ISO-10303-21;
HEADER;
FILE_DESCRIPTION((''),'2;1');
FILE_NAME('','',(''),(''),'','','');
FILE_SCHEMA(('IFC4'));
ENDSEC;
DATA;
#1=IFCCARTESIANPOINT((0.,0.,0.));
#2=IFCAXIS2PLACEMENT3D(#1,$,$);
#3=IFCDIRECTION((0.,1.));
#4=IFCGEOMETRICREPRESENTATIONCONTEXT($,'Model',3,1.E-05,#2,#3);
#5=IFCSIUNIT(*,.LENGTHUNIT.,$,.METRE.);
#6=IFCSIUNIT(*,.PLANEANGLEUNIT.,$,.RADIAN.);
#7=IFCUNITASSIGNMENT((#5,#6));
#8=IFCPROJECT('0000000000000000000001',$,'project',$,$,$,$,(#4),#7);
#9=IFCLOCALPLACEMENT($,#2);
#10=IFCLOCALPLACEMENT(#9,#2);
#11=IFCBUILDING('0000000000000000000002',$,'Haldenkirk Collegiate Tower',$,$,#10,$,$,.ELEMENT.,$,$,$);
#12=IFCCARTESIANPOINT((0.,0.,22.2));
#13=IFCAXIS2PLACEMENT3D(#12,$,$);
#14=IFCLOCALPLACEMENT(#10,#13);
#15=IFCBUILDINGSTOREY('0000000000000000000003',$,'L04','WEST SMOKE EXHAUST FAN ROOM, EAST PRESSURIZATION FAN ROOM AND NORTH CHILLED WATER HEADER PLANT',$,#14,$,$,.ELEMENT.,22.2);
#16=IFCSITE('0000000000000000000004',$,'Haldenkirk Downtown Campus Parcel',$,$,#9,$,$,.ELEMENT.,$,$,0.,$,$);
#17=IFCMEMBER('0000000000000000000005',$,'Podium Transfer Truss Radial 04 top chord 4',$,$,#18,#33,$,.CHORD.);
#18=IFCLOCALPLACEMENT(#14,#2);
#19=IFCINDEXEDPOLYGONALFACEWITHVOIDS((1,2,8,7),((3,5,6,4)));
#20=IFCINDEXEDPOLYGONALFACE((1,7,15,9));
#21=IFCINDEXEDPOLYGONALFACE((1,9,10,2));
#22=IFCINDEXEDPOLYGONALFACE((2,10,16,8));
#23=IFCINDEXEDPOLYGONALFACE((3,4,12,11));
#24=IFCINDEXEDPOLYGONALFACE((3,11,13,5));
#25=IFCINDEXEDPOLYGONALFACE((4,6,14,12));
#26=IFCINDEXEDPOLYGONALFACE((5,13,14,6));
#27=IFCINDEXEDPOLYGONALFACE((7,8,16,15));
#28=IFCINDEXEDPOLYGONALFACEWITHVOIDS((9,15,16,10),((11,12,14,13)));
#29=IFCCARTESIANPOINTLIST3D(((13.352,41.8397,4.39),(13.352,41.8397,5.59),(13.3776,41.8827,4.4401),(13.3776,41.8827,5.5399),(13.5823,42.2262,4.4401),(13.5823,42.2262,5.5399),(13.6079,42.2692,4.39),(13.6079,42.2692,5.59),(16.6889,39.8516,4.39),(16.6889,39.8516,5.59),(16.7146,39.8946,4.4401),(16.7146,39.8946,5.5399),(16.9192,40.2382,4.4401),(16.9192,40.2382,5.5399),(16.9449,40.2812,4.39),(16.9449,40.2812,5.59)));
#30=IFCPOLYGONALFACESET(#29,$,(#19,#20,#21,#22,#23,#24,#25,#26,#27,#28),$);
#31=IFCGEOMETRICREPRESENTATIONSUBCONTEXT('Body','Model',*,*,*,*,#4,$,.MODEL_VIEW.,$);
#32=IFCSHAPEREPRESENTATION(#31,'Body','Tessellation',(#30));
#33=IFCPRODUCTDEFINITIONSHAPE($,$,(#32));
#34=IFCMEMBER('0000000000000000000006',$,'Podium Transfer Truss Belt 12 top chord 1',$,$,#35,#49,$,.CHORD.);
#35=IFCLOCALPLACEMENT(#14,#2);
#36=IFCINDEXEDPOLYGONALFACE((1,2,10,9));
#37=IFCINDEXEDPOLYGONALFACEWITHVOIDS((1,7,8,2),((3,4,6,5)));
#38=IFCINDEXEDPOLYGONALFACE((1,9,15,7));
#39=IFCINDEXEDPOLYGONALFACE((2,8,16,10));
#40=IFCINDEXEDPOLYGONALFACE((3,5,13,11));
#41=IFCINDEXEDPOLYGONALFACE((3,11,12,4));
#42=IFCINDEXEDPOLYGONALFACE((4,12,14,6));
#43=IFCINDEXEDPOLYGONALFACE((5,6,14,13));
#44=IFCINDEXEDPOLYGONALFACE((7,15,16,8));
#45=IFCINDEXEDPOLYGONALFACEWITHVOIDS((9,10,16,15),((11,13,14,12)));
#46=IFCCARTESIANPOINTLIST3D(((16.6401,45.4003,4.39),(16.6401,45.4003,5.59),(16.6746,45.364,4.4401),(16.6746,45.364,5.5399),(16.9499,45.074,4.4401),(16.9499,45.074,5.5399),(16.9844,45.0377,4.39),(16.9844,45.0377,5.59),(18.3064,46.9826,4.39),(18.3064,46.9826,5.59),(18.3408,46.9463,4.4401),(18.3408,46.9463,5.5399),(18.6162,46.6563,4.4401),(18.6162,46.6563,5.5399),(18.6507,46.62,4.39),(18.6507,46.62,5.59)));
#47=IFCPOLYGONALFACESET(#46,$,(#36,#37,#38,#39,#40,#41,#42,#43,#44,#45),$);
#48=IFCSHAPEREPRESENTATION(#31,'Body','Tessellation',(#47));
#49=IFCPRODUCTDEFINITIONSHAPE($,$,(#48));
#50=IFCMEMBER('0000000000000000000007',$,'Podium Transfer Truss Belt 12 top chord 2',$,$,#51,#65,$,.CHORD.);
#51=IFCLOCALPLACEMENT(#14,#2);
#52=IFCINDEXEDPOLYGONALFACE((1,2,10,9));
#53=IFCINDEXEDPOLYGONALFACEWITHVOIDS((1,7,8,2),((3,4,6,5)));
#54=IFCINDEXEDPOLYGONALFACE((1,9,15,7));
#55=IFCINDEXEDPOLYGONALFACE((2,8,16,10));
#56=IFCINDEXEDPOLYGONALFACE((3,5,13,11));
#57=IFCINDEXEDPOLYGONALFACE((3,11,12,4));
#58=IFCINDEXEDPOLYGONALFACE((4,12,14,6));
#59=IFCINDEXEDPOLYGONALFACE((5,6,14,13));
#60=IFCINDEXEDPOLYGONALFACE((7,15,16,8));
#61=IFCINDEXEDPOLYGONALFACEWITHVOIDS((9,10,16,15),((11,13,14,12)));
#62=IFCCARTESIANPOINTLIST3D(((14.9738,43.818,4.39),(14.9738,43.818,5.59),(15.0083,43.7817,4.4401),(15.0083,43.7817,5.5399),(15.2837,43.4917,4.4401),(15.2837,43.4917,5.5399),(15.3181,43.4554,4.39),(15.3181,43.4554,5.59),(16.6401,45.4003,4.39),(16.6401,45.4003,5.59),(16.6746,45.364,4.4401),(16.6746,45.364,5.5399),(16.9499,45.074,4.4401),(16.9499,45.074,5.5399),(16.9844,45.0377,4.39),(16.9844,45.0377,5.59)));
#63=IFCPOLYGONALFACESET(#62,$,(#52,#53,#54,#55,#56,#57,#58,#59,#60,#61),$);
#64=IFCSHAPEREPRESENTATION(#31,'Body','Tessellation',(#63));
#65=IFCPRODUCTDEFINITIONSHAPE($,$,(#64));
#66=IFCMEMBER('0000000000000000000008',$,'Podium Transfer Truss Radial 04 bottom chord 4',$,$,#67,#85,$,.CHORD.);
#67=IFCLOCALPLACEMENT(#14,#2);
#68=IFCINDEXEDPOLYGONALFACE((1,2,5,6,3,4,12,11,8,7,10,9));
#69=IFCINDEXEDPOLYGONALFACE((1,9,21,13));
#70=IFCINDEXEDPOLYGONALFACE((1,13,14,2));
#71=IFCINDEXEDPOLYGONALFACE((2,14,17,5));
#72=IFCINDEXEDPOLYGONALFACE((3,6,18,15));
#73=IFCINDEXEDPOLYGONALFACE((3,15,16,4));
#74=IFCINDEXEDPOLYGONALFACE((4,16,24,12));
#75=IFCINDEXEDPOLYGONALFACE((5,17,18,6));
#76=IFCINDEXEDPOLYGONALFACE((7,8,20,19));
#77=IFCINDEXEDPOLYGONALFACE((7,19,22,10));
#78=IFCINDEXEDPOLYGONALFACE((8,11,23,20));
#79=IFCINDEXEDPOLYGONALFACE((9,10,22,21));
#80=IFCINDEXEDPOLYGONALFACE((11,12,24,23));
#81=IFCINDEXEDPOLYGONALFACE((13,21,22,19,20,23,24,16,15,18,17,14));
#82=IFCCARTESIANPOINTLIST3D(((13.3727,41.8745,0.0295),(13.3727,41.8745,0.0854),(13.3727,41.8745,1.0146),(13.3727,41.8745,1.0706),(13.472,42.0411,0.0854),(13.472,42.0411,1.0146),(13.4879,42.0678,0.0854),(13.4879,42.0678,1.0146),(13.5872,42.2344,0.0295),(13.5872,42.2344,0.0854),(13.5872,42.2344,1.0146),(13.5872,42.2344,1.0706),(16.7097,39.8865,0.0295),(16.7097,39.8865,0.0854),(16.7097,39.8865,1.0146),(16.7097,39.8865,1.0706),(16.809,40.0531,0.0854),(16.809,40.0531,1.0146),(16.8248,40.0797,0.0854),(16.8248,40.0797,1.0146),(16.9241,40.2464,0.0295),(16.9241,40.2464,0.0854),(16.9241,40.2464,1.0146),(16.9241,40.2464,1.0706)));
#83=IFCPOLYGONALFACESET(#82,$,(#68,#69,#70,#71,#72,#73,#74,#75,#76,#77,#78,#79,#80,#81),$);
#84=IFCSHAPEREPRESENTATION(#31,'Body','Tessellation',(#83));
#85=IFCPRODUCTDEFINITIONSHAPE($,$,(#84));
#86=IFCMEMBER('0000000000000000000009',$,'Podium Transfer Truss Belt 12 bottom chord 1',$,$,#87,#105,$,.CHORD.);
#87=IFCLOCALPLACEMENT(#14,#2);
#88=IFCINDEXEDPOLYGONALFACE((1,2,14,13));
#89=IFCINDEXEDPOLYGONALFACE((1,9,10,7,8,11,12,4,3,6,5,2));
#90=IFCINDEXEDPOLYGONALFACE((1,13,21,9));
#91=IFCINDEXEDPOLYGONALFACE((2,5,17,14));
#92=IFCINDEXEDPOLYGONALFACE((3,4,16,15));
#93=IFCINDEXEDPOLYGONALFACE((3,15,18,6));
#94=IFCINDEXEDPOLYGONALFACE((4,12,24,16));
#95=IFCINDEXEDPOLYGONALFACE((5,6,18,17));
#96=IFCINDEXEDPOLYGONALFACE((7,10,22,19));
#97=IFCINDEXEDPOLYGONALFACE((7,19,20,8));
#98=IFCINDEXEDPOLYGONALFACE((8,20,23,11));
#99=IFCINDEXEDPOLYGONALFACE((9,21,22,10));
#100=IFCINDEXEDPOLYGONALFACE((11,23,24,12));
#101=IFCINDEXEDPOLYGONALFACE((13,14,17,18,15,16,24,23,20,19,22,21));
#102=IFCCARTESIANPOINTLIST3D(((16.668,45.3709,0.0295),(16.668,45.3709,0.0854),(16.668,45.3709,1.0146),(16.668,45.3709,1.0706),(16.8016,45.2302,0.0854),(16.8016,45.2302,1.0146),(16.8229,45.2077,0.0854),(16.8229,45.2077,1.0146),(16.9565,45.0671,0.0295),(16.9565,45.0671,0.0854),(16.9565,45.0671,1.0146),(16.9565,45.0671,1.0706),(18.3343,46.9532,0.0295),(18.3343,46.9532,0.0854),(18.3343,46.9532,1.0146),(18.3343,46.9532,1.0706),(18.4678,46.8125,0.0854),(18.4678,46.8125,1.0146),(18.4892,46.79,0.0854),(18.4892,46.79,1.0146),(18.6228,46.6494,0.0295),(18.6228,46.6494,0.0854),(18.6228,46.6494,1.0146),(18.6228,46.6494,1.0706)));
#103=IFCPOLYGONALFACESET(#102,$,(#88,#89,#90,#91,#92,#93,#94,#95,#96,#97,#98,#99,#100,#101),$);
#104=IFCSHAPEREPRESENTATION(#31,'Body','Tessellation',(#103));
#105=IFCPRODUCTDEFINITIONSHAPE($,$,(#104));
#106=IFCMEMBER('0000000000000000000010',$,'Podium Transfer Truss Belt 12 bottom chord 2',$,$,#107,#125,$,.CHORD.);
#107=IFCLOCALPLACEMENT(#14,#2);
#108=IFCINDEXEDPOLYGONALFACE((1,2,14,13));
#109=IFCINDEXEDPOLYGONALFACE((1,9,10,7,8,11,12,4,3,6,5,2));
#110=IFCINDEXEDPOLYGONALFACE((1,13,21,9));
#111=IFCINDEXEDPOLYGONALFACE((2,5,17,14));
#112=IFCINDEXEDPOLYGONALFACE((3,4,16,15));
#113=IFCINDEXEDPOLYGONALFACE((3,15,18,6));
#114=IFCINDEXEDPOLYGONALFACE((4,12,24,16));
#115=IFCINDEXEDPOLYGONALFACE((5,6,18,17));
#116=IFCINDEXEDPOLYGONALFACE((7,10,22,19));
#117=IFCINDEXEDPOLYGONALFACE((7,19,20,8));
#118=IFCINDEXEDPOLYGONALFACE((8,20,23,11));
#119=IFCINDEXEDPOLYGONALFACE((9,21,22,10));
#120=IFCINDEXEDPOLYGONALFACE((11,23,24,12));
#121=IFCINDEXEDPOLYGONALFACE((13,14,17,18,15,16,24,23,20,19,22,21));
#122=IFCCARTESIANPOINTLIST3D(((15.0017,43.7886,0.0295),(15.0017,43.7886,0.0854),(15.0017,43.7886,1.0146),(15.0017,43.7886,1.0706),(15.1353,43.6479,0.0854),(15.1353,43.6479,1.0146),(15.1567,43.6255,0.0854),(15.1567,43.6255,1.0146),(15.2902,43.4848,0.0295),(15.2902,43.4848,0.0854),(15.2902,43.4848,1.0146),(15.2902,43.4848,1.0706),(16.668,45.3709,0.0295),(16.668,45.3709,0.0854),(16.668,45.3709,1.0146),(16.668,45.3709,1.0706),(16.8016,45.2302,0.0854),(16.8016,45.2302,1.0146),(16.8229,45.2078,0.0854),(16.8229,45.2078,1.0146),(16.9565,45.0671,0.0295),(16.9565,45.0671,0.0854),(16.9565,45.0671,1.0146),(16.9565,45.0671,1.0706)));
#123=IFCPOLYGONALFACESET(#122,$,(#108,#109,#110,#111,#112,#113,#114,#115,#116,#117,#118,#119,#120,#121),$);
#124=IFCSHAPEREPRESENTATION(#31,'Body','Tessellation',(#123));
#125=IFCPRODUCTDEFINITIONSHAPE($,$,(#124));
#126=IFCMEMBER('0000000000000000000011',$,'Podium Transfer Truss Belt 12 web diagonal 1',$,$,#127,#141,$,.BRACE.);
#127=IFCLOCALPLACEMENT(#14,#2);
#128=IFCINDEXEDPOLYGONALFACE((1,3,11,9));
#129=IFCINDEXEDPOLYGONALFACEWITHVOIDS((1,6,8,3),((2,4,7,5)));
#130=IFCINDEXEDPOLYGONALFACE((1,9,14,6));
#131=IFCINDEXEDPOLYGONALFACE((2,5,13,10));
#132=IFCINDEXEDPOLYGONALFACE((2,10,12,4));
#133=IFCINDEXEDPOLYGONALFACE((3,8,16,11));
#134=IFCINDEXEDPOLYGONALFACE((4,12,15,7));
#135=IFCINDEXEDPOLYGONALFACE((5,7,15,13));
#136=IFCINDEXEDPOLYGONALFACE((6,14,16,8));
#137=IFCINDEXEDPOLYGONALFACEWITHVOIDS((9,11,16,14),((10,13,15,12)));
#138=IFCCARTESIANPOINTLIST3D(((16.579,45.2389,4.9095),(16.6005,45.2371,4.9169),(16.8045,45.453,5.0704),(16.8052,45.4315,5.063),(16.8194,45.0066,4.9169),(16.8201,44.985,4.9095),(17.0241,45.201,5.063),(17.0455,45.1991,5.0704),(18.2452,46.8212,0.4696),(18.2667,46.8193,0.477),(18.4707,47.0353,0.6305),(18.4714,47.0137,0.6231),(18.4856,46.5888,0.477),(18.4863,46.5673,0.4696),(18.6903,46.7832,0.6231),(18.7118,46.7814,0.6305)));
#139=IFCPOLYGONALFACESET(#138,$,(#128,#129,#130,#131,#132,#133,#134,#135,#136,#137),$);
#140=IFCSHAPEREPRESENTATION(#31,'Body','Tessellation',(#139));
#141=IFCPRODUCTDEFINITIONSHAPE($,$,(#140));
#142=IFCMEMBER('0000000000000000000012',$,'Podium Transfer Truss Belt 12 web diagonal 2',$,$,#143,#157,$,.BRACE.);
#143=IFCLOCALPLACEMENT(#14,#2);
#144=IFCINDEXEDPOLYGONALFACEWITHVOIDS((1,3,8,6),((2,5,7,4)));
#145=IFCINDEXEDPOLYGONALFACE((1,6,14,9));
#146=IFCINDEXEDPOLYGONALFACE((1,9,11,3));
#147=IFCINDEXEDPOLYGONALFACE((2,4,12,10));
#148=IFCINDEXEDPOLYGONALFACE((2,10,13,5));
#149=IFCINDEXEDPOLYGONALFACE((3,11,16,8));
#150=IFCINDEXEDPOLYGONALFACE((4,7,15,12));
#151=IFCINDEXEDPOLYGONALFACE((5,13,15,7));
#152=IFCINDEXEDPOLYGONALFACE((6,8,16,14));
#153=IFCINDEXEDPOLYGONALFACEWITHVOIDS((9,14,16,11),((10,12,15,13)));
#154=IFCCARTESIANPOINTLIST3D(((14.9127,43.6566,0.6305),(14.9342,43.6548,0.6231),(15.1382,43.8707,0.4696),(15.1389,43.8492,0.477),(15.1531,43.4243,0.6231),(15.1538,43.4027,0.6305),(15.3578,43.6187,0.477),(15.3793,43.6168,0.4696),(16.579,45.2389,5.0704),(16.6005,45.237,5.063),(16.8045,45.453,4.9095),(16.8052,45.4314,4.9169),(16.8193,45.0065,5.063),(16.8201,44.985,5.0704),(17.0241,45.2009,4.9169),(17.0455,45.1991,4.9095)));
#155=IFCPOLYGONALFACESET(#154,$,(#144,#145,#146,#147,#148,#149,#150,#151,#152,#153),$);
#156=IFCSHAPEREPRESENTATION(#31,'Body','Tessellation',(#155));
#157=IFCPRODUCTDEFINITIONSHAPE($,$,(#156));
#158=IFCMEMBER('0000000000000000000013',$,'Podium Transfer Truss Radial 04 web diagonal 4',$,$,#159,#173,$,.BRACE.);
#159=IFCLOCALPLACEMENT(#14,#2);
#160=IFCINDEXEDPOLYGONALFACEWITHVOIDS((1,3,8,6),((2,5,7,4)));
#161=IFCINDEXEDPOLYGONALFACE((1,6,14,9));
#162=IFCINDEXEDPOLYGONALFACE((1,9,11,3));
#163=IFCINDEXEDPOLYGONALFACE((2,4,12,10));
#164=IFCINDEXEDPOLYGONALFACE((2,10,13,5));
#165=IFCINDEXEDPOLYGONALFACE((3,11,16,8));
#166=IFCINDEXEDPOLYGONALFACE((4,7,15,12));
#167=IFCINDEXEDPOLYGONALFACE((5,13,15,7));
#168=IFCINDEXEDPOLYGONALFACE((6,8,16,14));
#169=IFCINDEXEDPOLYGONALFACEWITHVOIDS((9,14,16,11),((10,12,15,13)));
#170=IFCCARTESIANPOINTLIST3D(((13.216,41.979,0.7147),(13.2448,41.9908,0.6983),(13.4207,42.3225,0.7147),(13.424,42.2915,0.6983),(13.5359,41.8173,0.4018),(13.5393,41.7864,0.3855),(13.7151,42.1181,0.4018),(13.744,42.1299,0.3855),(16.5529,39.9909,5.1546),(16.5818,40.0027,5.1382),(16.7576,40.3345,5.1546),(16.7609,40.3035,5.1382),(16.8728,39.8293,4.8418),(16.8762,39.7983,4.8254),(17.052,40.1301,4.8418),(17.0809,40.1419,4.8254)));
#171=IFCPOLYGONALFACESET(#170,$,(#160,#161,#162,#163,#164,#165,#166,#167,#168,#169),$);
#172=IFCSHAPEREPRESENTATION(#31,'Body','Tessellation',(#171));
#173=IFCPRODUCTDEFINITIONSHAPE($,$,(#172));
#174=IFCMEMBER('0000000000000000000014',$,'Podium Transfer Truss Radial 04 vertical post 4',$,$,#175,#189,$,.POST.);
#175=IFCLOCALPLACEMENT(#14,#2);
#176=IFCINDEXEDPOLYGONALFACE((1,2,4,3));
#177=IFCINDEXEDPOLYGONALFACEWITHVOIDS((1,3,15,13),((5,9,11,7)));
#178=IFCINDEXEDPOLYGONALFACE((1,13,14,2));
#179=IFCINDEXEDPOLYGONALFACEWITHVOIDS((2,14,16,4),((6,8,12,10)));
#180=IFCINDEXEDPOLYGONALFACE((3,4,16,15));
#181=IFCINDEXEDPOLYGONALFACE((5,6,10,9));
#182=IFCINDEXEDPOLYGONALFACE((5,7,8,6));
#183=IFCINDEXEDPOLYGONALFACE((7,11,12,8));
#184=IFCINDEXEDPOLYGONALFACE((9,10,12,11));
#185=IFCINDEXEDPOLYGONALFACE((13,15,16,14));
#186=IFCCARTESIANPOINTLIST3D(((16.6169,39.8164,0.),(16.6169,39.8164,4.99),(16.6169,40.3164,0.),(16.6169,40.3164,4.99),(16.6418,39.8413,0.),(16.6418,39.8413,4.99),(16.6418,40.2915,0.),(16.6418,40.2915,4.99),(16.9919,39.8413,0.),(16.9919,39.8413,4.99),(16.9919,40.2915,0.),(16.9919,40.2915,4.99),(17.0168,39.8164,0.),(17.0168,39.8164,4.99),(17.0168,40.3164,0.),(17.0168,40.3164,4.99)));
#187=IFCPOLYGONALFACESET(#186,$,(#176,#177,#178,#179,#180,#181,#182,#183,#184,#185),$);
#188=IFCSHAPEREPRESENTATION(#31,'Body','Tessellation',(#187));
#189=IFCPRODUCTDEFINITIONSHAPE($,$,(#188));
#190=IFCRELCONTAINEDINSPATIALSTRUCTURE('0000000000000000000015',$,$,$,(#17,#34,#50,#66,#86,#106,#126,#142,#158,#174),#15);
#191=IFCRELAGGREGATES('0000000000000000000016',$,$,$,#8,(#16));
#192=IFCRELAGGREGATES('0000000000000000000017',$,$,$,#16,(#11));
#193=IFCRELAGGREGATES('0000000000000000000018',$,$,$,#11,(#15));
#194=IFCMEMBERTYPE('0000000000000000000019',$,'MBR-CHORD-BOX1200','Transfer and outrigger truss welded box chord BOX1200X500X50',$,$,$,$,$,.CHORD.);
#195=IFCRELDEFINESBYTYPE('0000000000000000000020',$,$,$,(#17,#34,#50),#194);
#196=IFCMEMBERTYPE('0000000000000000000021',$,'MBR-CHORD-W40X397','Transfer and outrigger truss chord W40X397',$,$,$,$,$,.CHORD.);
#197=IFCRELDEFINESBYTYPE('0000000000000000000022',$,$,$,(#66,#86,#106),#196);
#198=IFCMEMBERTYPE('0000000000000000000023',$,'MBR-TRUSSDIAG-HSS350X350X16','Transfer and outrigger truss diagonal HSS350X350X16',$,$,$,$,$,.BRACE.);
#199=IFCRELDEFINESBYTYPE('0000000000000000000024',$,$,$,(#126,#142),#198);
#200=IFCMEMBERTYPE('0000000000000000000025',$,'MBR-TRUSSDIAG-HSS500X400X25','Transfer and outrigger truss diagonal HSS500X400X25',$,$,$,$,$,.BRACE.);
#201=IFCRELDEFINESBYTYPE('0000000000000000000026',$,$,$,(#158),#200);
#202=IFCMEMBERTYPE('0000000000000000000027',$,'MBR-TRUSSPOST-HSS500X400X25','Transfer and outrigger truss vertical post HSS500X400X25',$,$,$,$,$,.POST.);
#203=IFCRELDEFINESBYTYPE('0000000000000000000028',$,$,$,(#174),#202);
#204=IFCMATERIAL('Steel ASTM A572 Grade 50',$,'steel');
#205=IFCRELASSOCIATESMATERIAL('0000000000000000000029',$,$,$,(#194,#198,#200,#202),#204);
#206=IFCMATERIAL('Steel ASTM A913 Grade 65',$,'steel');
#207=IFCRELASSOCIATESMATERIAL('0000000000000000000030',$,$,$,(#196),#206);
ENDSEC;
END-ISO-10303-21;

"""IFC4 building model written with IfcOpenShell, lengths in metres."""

from ifc_helpers import new_model, si_unit, direction, frame, origin, origin_2d, place, context, subcontext, project, spatial, hollow_rectangle, i_section, extrude, material, material_profile, profile_set, type_object, element, save


model = new_model("IFC4")

# Units and contexts
model_context = context("Model", 3, precision=1e-05, world=origin(), true_north=direction((0.0, 1.0)))
body_context = subcontext(model_context, "Body", "Model", "MODEL_VIEW")
ifc_project = project(units=[si_unit("LENGTHUNIT", "METRE"), si_unit("PLANEANGLEUNIT", "RADIAN")], contexts=[model_context])

# Site, building, storey
site_placement = place(None, origin())
site = spatial("IfcSite", under=ifc_project, at=site_placement, Name="Haldenkirk Downtown Campus Parcel", CompositionType="ELEMENT", RefElevation=0.0)
building_placement = place(site_placement, origin())
building = spatial("IfcBuilding", under=site, at=building_placement, Name="Haldenkirk Collegiate Tower", CompositionType="ELEMENT")
storey_placement = place(building_placement, frame((0.0, 0.0, 22.2)))
storey = spatial("IfcBuildingStorey", under=building, at=storey_placement, Name="L04", Description="WEST SMOKE EXHAUST FAN ROOM, EAST PRESSURIZATION FAN ROOM AND NORTH CHILLED WATER HEADER PLANT", CompositionType="ELEMENT", Elevation=22.2)

# Members
ifc_material_1 = material(Name="Steel ASTM A572 Grade 50", Category="steel")
ifc_material_profile_1 = material_profile(ifc_material_1, hollow_rectangle(XDim=0.5, YDim=1.2, WallThickness=0.05, at=origin_2d()), Name="BOX1200X500X50")
ifc_profile_set_1 = profile_set([ifc_material_profile_1], Name="Steel ASTM A572 Grade 50")
member_type_1 = type_object("IfcMemberType", Name="MBR-CHORD-BOX1200", Description="Transfer and outrigger truss welded box chord BOX1200X500X50", PredefinedType="CHORD", material=ifc_profile_set_1)
member_1_placement = place(storey_placement, frame((16.8169, 40.0664, 4.99), z_axis=(-0.859092, 0.511822, 0.0), x_axis=(-0.511822, -0.859092, 0.0)))
element("IfcMember", 1, at=member_1_placement, inside=storey, type_object=member_type_1, Name="Podium Transfer Truss Radial 04 top chord 4", PredefinedType="CHORD", context=body_context, shape_type="SweptSolid", body=[
    extrude(hollow_rectangle(XDim=0.5, YDim=1.2, WallThickness=0.05, at=origin_2d()), origin(), (0.0, 0.0, 1.0), 3.8843),
])
for number, where, z_axis, x_axis, name in (
    (2, (18.4785, 46.8013, 4.99), (-0.725145, -0.688596, 0.0), (0.688596, -0.725145, 0.0), "Podium Transfer Truss Belt 12 top chord 1"),
    (3, (16.8123, 45.219, 4.99), (-0.725145, -0.688596, 0.0), (0.688596, -0.725145, 0.0), "Podium Transfer Truss Belt 12 top chord 2"),
):
    element("IfcMember", number, at=place(storey_placement, frame(where, z_axis=z_axis, x_axis=x_axis)), inside=storey, type_object=member_type_1, Name=name, PredefinedType="CHORD", context=body_context, shape_type="SweptSolid", body=[
        extrude(hollow_rectangle(XDim=0.5, YDim=1.2, WallThickness=0.05, at=origin_2d()), origin(), (0.0, 0.0, 1.0), 2.2979),
    ])
ifc_material_2 = material(Name="Steel ASTM A913 Grade 65", Category="steel")
ifc_material_profile_2 = material_profile(ifc_material_2, i_section(OverallWidth=0.4189, OverallDepth=1.041, WebThickness=0.031, FlangeThickness=0.0559, at=origin_2d()), Name="W40X397")
ifc_profile_set_2 = profile_set([ifc_material_profile_2], Name="Steel ASTM A913 Grade 65")
member_type_2 = type_object("IfcMemberType", Name="MBR-CHORD-W40X397", Description="Transfer and outrigger truss chord W40X397", PredefinedType="CHORD", material=ifc_profile_set_2)
member_2_placement = place(storey_placement, frame((16.8169, 40.0664, 0.55), z_axis=(-0.859092, 0.511822, 0.0), x_axis=(-0.511822, -0.859092, 0.0)))
element("IfcMember", 4, at=member_2_placement, inside=storey, type_object=member_type_2, Name="Podium Transfer Truss Radial 04 bottom chord 4", PredefinedType="CHORD", context=body_context, shape_type="SweptSolid", body=[
    extrude(i_section(OverallWidth=0.4189, OverallDepth=1.041, WebThickness=0.031, FlangeThickness=0.0559, at=origin_2d()), origin(), (0.0, 0.0, 1.0), 3.8843),
])
for number, where, z_axis, x_axis, name in (
    (5, (18.4785, 46.8013, 0.55), (-0.725145, -0.688596, 0.0), (0.688596, -0.725145, 0.0), "Podium Transfer Truss Belt 12 bottom chord 1"),
    (6, (16.8123, 45.219, 0.55), (-0.725145, -0.688596, 0.0), (0.688596, -0.725145, 0.0), "Podium Transfer Truss Belt 12 bottom chord 2"),
):
    element("IfcMember", number, at=place(storey_placement, frame(where, z_axis=z_axis, x_axis=x_axis)), inside=storey, type_object=member_type_2, Name=name, PredefinedType="CHORD", context=body_context, shape_type="SweptSolid", body=[
        extrude(i_section(OverallWidth=0.4189, OverallDepth=1.041, WebThickness=0.031, FlangeThickness=0.0559, at=origin_2d()), origin(), (0.0, 0.0, 1.0), 2.2979),
    ])
ifc_material_profile_3 = material_profile(ifc_material_1, hollow_rectangle(XDim=0.3501, YDim=0.3501, WallThickness=0.0161, at=origin_2d()), Name="HSS350X350X16")
ifc_profile_set_3 = profile_set([ifc_material_profile_3], Name="Steel ASTM A572 Grade 50")
member_type_3 = type_object("IfcMemberType", Name="MBR-TRUSSDIAG-HSS350X350X16", Description="Transfer and outrigger truss diagonal HSS350X350X16", PredefinedType="BRACE", material=ifc_profile_set_3)
for number, where, z_axis, x_axis, name in (
    (7, (18.4785, 46.8013, 0.55), (-0.333298, -0.316499, 0.888111), (0.688596, -0.725145, 0.0), "Podium Transfer Truss Belt 12 web diagonal 1"),
    (8, (16.8123, 45.219, 4.99), (-0.333298, -0.316499, -0.888111), (0.688596, -0.725145, 0.0), "Podium Transfer Truss Belt 12 web diagonal 2"),
):
    element("IfcMember", number, at=place(storey_placement, frame(where, z_axis=z_axis, x_axis=x_axis)), inside=storey, type_object=member_type_3, Name=name, PredefinedType="BRACE", context=body_context, shape_type="SweptSolid", body=[
        extrude(hollow_rectangle(XDim=0.3501, YDim=0.3501, WallThickness=0.0161, at=origin_2d()), origin(), (0.0, 0.0, 1.0), 4.9993),
    ])
ifc_material_profile_4 = material_profile(ifc_material_1, hollow_rectangle(XDim=0.3999, YDim=0.5, WallThickness=0.0249, at=origin_2d()), Name="HSS500X400X25")
ifc_profile_set_4 = profile_set([ifc_material_profile_4], Name="Steel ASTM A572 Grade 50")
member_type_4 = type_object("IfcMemberType", Name="MBR-TRUSSDIAG-HSS500X400X25", Description="Transfer and outrigger truss diagonal HSS500X400X25", PredefinedType="BRACE", material=ifc_profile_set_4)
member_3_placement = place(storey_placement, frame((16.8169, 40.0664, 4.99), z_axis=(-0.565657, 0.337002, -0.752637), x_axis=(-0.511822, -0.859092, 0.0)))
element("IfcMember", 9, at=member_3_placement, inside=storey, type_object=member_type_4, Name="Podium Transfer Truss Radial 04 web diagonal 4", PredefinedType="BRACE", context=body_context, shape_type="SweptSolid", body=[
    extrude(hollow_rectangle(XDim=0.3999, YDim=0.5, WallThickness=0.0249, at=origin_2d()), origin(), (0.0, 0.0, 1.0), 5.8992),
])
ifc_material_profile_5 = material_profile(ifc_material_1, hollow_rectangle(XDim=0.3999, YDim=0.5, WallThickness=0.0249, at=origin_2d()), Name="HSS500X400X25")
ifc_profile_set_5 = profile_set([ifc_material_profile_5], Name="Steel ASTM A572 Grade 50")
member_type_5 = type_object("IfcMemberType", Name="MBR-TRUSSPOST-HSS500X400X25", Description="Transfer and outrigger truss vertical post HSS500X400X25", PredefinedType="POST", material=ifc_profile_set_5)
for number, where, z_axis, x_axis, name in (
    (10, (16.8169, 40.0664, 0.0), (0.0, 0.0, 1.0), (1.0, 0.0, 0.0), "Podium Transfer Truss Radial 04 vertical post 4"),
):
    element("IfcMember", number, at=place(storey_placement, frame(where, z_axis=z_axis, x_axis=x_axis)), inside=storey, type_object=member_type_5, Name=name, PredefinedType="POST", context=body_context, shape_type="SweptSolid", body=[
        extrude(hollow_rectangle(XDim=0.3999, YDim=0.5, WallThickness=0.0249, at=origin_2d()), origin(), (0.0, 0.0, 1.0), 4.99),
    ])

save(model, "model.ifc")
